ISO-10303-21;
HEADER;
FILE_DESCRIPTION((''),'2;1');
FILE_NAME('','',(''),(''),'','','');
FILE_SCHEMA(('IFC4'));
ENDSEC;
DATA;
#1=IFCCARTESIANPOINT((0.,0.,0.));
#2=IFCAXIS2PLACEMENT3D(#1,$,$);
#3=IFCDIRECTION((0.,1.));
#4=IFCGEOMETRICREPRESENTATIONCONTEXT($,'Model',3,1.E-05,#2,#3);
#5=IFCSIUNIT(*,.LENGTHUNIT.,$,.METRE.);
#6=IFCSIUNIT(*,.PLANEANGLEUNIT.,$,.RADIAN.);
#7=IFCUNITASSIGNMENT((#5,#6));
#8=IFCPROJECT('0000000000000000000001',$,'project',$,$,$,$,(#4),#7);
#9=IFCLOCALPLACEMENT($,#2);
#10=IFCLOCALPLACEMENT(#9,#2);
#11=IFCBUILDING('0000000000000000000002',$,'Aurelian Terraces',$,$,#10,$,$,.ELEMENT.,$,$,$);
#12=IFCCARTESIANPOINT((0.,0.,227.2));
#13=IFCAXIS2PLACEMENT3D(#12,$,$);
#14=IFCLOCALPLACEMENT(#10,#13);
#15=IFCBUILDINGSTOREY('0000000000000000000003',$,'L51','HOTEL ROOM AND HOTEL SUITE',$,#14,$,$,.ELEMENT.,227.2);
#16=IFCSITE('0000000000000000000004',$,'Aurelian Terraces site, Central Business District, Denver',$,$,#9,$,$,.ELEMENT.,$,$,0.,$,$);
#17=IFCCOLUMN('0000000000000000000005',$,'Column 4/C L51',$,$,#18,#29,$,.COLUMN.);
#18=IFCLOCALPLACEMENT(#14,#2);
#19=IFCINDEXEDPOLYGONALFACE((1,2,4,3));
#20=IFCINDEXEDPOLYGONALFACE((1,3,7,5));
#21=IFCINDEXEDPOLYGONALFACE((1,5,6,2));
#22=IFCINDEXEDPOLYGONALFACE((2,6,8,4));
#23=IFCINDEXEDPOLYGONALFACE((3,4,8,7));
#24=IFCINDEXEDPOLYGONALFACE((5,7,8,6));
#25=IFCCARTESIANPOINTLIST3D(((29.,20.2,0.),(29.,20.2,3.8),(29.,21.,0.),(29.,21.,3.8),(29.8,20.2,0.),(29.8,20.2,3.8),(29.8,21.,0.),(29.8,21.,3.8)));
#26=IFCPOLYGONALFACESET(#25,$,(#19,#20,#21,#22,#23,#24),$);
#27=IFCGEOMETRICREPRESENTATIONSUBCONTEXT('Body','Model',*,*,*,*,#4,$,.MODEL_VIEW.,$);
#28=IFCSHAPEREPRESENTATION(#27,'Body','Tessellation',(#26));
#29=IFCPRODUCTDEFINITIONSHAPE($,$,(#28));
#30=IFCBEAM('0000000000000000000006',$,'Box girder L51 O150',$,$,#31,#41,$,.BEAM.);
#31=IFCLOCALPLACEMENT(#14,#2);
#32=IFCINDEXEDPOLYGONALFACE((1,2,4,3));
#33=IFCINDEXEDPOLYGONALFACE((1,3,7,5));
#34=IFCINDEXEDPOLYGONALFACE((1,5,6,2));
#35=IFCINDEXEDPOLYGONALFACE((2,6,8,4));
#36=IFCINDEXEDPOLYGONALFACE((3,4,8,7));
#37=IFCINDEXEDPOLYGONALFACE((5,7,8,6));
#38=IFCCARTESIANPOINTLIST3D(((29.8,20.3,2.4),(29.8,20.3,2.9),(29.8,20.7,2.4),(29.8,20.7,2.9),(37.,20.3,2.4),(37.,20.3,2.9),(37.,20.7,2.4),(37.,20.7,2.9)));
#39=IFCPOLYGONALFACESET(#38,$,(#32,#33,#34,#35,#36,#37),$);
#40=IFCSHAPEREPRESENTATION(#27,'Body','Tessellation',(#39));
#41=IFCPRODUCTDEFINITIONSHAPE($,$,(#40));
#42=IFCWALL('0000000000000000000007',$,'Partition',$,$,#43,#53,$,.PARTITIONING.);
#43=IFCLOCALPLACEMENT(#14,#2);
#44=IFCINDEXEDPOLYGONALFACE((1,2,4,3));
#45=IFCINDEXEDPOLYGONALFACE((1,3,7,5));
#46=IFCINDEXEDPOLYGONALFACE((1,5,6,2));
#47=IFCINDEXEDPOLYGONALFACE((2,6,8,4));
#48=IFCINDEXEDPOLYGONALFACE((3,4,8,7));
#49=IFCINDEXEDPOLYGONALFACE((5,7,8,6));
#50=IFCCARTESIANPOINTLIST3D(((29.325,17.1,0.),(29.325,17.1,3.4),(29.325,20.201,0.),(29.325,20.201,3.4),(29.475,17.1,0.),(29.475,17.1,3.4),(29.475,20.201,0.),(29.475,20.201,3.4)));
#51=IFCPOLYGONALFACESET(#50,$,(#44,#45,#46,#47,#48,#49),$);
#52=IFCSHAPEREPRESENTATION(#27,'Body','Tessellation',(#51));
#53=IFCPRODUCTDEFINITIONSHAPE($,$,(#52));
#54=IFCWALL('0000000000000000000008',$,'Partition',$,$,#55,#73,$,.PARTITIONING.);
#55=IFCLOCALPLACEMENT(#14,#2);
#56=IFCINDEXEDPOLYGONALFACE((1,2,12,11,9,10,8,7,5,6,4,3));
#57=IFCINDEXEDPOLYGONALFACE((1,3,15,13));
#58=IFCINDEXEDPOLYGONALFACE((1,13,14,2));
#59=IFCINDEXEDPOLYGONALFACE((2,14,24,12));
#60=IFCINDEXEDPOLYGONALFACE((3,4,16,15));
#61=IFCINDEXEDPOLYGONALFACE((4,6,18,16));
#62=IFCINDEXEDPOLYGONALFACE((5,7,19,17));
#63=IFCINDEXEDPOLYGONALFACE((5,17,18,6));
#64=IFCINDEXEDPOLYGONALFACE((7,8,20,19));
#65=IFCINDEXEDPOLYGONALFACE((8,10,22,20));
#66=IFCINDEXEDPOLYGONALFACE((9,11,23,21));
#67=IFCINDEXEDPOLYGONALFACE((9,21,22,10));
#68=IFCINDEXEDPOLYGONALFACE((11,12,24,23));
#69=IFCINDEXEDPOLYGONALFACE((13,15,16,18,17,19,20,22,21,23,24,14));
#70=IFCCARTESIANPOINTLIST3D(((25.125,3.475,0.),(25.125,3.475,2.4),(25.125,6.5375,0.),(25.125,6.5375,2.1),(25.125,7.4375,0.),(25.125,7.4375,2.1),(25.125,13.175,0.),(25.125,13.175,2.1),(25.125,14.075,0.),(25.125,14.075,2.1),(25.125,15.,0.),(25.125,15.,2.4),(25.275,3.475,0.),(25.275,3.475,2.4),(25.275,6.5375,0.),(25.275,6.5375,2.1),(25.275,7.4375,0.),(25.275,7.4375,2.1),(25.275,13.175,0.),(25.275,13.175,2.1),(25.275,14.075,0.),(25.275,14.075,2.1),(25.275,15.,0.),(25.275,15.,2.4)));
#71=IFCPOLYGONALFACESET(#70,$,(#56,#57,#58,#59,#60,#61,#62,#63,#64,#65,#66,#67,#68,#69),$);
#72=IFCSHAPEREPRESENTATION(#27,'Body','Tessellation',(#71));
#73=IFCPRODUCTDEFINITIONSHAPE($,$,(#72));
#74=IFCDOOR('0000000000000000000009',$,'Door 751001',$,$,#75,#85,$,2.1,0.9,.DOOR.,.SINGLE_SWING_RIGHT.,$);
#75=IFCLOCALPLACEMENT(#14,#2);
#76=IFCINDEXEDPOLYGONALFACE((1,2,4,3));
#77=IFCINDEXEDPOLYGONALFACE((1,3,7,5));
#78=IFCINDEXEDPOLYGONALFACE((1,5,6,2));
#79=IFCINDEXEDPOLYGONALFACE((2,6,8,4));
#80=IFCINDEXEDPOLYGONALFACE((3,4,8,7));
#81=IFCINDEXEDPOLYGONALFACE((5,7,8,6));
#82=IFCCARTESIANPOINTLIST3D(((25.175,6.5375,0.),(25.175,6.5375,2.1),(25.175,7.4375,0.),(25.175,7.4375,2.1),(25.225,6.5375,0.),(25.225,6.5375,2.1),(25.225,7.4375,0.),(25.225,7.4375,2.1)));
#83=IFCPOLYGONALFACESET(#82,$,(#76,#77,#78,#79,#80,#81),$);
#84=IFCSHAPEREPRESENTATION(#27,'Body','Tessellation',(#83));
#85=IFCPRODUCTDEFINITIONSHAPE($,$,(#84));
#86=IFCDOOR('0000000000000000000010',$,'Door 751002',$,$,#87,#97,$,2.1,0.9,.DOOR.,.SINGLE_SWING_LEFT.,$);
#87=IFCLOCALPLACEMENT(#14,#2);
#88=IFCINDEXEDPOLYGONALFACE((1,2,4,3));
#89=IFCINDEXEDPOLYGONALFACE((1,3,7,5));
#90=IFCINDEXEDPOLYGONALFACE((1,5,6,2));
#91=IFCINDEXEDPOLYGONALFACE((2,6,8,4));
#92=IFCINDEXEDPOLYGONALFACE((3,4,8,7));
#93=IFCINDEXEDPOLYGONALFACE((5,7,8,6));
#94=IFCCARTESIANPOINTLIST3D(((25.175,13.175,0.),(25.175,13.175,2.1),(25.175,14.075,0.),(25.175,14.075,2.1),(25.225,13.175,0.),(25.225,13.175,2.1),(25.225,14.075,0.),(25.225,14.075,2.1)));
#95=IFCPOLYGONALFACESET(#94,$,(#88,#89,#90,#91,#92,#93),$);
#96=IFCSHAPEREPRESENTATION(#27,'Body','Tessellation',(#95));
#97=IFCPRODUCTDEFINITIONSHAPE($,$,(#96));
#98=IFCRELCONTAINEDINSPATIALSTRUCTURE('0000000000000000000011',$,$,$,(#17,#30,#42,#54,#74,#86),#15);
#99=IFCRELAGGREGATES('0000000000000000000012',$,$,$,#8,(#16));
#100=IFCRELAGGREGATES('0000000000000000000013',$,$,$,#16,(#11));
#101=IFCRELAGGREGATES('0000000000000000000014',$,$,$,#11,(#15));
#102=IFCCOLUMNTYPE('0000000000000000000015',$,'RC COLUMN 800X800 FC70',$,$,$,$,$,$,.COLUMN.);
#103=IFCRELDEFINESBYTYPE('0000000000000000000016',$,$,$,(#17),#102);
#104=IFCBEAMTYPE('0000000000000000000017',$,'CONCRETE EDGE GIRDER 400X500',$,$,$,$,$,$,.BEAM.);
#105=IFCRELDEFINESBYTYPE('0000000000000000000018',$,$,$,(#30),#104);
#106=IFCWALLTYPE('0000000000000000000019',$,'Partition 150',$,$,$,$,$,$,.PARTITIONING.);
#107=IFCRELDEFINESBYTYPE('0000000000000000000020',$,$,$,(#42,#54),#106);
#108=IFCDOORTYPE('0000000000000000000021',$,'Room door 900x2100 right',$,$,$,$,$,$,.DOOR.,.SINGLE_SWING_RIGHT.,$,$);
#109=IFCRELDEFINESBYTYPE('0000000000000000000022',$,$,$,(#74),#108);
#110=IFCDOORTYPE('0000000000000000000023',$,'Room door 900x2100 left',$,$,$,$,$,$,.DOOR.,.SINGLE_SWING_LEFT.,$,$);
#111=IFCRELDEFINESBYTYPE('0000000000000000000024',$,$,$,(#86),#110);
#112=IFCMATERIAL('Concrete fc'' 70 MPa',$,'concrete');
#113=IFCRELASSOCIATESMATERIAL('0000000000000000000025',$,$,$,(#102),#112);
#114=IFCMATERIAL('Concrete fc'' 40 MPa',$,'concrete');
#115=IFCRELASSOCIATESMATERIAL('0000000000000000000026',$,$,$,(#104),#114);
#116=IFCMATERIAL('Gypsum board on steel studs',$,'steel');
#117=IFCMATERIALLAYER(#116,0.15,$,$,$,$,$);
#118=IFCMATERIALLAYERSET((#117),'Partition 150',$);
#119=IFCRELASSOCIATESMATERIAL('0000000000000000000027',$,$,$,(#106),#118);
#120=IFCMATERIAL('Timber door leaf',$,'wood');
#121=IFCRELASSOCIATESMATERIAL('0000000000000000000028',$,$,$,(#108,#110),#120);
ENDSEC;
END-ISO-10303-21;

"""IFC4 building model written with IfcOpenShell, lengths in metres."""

from ifc_helpers import new_model, si_unit, direction, frame, frame_2d, origin, origin_2d, place, context, subcontext, project, spatial, rectangle, extrude, source, transform, mapped, material, layer, layer_set, material_profile, profile_set, type_object, element, fill, save


model = new_model("IFC4")

# Units and contexts
model_context = context("Model", 3, precision=1e-05, world=origin(), true_north=direction((0.0, 1.0)))
body_context = subcontext(model_context, "Body", "Model", "MODEL_VIEW")
ifc_project = project(units=[si_unit("LENGTHUNIT", "METRE"), si_unit("PLANEANGLEUNIT", "RADIAN")], contexts=[model_context])

# Site, building, storey
site_placement = place(None, origin())
site = spatial("IfcSite", under=ifc_project, at=site_placement, Name="Aurelian Terraces site, Central Business District, Denver", CompositionType="ELEMENT", RefElevation=0.0)
building_placement = place(site_placement, origin())
building = spatial("IfcBuilding", under=site, at=building_placement, Name="Aurelian Terraces", CompositionType="ELEMENT")
storey_placement = place(building_placement, frame((0.0, 0.0, 227.2)))
storey = spatial("IfcBuildingStorey", under=building, at=storey_placement, Name="L51", Description="HOTEL ROOM AND HOTEL SUITE", CompositionType="ELEMENT", Elevation=227.2)

# Column
ifc_material_1 = material(Name="Concrete fc' 70 MPa", Category="concrete")
ifc_material_profile_1 = material_profile(ifc_material_1, rectangle(XDim=0.8, YDim=0.8, at=origin_2d()))
ifc_profile_set_1 = profile_set([ifc_material_profile_1], Name="Concrete fc' 70 MPa")
column_type = type_object("IfcColumnType", Name="RC COLUMN 800X800 FC70", PredefinedType="COLUMN", material=ifc_profile_set_1)
shared_shape_1 = source(origin(), body_context, "Body", "SweptSolid", [
    extrude(rectangle(XDim=0.8, YDim=0.8, at=origin_2d()), origin(), (0.0, 0.0, 1.0), 3.8),
])
column_placement = place(storey_placement, frame((29.4, 20.6, 0.0), z_axis=(0.0, 0.0, 1.0), x_axis=(1.0, 0.0, 0.0)))
element("IfcColumn", 1, at=column_placement, inside=storey, type_object=column_type, Name="Column 4/C L51", PredefinedType="COLUMN", context=body_context, shape_type="MappedRepresentation", body=[
    mapped(shared_shape_1, transform((0.0, 0.0, 0.0), scale=1.0)),
])

# Beam
ifc_material_2 = material(Name="Concrete fc' 40 MPa", Category="concrete")
ifc_material_profile_2 = material_profile(ifc_material_2, rectangle(XDim=0.4, YDim=0.5, at=origin_2d()))
ifc_profile_set_2 = profile_set([ifc_material_profile_2], Name="Concrete fc' 40 MPa")
beam_type = type_object("IfcBeamType", Name="CONCRETE EDGE GIRDER 400X500", PredefinedType="BEAM", material=ifc_profile_set_2)
shared_shape_2 = source(origin(), body_context, "Body", "SweptSolid", [
    extrude(rectangle(XDim=0.4, YDim=0.5, at=origin_2d()), origin(), (0.0, 0.0, 1.0), 7.2),
])
beam_placement = place(storey_placement, frame((29.8, 20.5, 2.65), z_axis=(1.0, 0.0, 0.0), x_axis=(0.0, 1.0, 0.0)))
element("IfcBeam", 2, at=beam_placement, inside=storey, type_object=beam_type, Name="Box girder L51 O150", PredefinedType="BEAM", context=body_context, shape_type="MappedRepresentation", body=[
    mapped(shared_shape_2, transform((0.0, 0.0, 0.0), scale=1.0)),
])

# Wall
ifc_material_3 = material(Name="Gypsum board on steel studs", Category="steel")
ifc_layer_1 = layer(ifc_material_3, 0.15)
ifc_layer_set_1 = layer_set([ifc_layer_1], Name="Partition 150")
wall_type_1 = type_object("IfcWallType", Name="Partition 150", PredefinedType="PARTITIONING", material=ifc_layer_set_1)
wall_1_placement = place(storey_placement, frame((29.4, 17.1, 0.0), z_axis=(0.0, 0.0, 1.0), x_axis=(0.0, 1.0, 0.0)))
element("IfcWall", 3, at=wall_1_placement, inside=storey, type_object=wall_type_1, Name="Partition", PredefinedType="PARTITIONING", context=body_context, shape_type="SweptSolid", body=[
    extrude(rectangle(XDim=3.101, YDim=0.15, at=frame_2d((1.5505, 0.0))), origin(), (0.0, 0.0, 1.0), 3.4),
])

# Wall, openings, doors
shared_shape_3 = source(origin(), body_context, "Body", "SweptSolid", [
    extrude(rectangle(XDim=11.525, YDim=0.15, at=frame_2d((5.7625, 0.0))), origin(), (0.0, 0.0, 1.0), 2.4),
])
wall_2_placement = place(storey_placement, frame((25.2, 15.0, 0.0), z_axis=(0.0, 0.0, 1.0), x_axis=(0.0, -1.0, 0.0)))
wall_2 = element("IfcWall", 4, at=wall_2_placement, inside=storey, type_object=wall_type_1, Name="Partition", PredefinedType="PARTITIONING", context=body_context, shape_type="MappedRepresentation", body=[
    mapped(shared_shape_3, transform((0.0, 0.0, 0.0), scale=1.0)),
])
shared_shape_4 = source(origin(), body_context, "Body", "SweptSolid", [
    extrude(rectangle(XDim=0.9, YDim=2.1, at=frame_2d((0.45, 1.05))), frame((0.0, 0.085, 0.0), z_axis=(0.0, -1.0, 0.0), x_axis=(1.0, 0.0, 0.0)), (0.0, 0.0, 1.0), 0.17),
])
opening_1_placement = place(wall_2_placement, frame((7.5625, 0.0, 0.0)))
opening_1 = element("IfcOpeningElement", 5, at=opening_1_placement, cuts=wall_2, PredefinedType="OPENING", context=body_context, shape_type="MappedRepresentation", body=[
    mapped(shared_shape_4, transform((0.0, 0.0, 0.0), scale=1.0)),
])
opening_2_placement = place(wall_2_placement, frame((0.925, 0.0, 0.0)))
opening_2 = element("IfcOpeningElement", 6, at=opening_2_placement, cuts=wall_2, PredefinedType="OPENING", context=body_context, shape_type="MappedRepresentation", body=[
    mapped(shared_shape_4, transform((0.0, 0.0, 0.0), scale=1.0)),
])
ifc_material_4 = material(Name="Timber door leaf", Category="wood")
door_type_1 = type_object("IfcDoorType", Name="Room door 900x2100 right", OperationType="SINGLE_SWING_RIGHT", PredefinedType="DOOR", material=ifc_material_4)
shared_shape_5 = source(origin(), body_context, "Body", "SweptSolid", [
    extrude(rectangle(XDim=0.9, YDim=2.1, at=frame_2d((0.45, 1.05))), frame((0.0, 0.025, 0.0), z_axis=(0.0, -1.0, 0.0), x_axis=(1.0, 0.0, 0.0)), (0.0, 0.0, 1.0), 0.05),
])
door_1_placement = place(opening_1_placement, origin())
door_1 = element("IfcDoor", 7, at=door_1_placement, inside=storey, type_object=door_type_1, Name="Door 751001", OperationType="SINGLE_SWING_RIGHT", OverallHeight=2.1, OverallWidth=0.9, PredefinedType="DOOR", context=body_context, shape_type="MappedRepresentation", body=[
    mapped(shared_shape_5, transform((0.0, 0.0, 0.0), scale=1.0)),
])
fill(opening_1, door_1)
door_type_2 = type_object("IfcDoorType", Name="Room door 900x2100 left", OperationType="SINGLE_SWING_LEFT", PredefinedType="DOOR", material=ifc_material_4)
door_2_placement = place(opening_2_placement, origin())
door_2 = element("IfcDoor", 8, at=door_2_placement, inside=storey, type_object=door_type_2, Name="Door 751002", OperationType="SINGLE_SWING_LEFT", OverallHeight=2.1, OverallWidth=0.9, PredefinedType="DOOR", context=body_context, shape_type="MappedRepresentation", body=[
    mapped(shared_shape_5, transform((0.0, 0.0, 0.0), scale=1.0)),
])
fill(opening_2, door_2)

save(model, "model.ifc")
